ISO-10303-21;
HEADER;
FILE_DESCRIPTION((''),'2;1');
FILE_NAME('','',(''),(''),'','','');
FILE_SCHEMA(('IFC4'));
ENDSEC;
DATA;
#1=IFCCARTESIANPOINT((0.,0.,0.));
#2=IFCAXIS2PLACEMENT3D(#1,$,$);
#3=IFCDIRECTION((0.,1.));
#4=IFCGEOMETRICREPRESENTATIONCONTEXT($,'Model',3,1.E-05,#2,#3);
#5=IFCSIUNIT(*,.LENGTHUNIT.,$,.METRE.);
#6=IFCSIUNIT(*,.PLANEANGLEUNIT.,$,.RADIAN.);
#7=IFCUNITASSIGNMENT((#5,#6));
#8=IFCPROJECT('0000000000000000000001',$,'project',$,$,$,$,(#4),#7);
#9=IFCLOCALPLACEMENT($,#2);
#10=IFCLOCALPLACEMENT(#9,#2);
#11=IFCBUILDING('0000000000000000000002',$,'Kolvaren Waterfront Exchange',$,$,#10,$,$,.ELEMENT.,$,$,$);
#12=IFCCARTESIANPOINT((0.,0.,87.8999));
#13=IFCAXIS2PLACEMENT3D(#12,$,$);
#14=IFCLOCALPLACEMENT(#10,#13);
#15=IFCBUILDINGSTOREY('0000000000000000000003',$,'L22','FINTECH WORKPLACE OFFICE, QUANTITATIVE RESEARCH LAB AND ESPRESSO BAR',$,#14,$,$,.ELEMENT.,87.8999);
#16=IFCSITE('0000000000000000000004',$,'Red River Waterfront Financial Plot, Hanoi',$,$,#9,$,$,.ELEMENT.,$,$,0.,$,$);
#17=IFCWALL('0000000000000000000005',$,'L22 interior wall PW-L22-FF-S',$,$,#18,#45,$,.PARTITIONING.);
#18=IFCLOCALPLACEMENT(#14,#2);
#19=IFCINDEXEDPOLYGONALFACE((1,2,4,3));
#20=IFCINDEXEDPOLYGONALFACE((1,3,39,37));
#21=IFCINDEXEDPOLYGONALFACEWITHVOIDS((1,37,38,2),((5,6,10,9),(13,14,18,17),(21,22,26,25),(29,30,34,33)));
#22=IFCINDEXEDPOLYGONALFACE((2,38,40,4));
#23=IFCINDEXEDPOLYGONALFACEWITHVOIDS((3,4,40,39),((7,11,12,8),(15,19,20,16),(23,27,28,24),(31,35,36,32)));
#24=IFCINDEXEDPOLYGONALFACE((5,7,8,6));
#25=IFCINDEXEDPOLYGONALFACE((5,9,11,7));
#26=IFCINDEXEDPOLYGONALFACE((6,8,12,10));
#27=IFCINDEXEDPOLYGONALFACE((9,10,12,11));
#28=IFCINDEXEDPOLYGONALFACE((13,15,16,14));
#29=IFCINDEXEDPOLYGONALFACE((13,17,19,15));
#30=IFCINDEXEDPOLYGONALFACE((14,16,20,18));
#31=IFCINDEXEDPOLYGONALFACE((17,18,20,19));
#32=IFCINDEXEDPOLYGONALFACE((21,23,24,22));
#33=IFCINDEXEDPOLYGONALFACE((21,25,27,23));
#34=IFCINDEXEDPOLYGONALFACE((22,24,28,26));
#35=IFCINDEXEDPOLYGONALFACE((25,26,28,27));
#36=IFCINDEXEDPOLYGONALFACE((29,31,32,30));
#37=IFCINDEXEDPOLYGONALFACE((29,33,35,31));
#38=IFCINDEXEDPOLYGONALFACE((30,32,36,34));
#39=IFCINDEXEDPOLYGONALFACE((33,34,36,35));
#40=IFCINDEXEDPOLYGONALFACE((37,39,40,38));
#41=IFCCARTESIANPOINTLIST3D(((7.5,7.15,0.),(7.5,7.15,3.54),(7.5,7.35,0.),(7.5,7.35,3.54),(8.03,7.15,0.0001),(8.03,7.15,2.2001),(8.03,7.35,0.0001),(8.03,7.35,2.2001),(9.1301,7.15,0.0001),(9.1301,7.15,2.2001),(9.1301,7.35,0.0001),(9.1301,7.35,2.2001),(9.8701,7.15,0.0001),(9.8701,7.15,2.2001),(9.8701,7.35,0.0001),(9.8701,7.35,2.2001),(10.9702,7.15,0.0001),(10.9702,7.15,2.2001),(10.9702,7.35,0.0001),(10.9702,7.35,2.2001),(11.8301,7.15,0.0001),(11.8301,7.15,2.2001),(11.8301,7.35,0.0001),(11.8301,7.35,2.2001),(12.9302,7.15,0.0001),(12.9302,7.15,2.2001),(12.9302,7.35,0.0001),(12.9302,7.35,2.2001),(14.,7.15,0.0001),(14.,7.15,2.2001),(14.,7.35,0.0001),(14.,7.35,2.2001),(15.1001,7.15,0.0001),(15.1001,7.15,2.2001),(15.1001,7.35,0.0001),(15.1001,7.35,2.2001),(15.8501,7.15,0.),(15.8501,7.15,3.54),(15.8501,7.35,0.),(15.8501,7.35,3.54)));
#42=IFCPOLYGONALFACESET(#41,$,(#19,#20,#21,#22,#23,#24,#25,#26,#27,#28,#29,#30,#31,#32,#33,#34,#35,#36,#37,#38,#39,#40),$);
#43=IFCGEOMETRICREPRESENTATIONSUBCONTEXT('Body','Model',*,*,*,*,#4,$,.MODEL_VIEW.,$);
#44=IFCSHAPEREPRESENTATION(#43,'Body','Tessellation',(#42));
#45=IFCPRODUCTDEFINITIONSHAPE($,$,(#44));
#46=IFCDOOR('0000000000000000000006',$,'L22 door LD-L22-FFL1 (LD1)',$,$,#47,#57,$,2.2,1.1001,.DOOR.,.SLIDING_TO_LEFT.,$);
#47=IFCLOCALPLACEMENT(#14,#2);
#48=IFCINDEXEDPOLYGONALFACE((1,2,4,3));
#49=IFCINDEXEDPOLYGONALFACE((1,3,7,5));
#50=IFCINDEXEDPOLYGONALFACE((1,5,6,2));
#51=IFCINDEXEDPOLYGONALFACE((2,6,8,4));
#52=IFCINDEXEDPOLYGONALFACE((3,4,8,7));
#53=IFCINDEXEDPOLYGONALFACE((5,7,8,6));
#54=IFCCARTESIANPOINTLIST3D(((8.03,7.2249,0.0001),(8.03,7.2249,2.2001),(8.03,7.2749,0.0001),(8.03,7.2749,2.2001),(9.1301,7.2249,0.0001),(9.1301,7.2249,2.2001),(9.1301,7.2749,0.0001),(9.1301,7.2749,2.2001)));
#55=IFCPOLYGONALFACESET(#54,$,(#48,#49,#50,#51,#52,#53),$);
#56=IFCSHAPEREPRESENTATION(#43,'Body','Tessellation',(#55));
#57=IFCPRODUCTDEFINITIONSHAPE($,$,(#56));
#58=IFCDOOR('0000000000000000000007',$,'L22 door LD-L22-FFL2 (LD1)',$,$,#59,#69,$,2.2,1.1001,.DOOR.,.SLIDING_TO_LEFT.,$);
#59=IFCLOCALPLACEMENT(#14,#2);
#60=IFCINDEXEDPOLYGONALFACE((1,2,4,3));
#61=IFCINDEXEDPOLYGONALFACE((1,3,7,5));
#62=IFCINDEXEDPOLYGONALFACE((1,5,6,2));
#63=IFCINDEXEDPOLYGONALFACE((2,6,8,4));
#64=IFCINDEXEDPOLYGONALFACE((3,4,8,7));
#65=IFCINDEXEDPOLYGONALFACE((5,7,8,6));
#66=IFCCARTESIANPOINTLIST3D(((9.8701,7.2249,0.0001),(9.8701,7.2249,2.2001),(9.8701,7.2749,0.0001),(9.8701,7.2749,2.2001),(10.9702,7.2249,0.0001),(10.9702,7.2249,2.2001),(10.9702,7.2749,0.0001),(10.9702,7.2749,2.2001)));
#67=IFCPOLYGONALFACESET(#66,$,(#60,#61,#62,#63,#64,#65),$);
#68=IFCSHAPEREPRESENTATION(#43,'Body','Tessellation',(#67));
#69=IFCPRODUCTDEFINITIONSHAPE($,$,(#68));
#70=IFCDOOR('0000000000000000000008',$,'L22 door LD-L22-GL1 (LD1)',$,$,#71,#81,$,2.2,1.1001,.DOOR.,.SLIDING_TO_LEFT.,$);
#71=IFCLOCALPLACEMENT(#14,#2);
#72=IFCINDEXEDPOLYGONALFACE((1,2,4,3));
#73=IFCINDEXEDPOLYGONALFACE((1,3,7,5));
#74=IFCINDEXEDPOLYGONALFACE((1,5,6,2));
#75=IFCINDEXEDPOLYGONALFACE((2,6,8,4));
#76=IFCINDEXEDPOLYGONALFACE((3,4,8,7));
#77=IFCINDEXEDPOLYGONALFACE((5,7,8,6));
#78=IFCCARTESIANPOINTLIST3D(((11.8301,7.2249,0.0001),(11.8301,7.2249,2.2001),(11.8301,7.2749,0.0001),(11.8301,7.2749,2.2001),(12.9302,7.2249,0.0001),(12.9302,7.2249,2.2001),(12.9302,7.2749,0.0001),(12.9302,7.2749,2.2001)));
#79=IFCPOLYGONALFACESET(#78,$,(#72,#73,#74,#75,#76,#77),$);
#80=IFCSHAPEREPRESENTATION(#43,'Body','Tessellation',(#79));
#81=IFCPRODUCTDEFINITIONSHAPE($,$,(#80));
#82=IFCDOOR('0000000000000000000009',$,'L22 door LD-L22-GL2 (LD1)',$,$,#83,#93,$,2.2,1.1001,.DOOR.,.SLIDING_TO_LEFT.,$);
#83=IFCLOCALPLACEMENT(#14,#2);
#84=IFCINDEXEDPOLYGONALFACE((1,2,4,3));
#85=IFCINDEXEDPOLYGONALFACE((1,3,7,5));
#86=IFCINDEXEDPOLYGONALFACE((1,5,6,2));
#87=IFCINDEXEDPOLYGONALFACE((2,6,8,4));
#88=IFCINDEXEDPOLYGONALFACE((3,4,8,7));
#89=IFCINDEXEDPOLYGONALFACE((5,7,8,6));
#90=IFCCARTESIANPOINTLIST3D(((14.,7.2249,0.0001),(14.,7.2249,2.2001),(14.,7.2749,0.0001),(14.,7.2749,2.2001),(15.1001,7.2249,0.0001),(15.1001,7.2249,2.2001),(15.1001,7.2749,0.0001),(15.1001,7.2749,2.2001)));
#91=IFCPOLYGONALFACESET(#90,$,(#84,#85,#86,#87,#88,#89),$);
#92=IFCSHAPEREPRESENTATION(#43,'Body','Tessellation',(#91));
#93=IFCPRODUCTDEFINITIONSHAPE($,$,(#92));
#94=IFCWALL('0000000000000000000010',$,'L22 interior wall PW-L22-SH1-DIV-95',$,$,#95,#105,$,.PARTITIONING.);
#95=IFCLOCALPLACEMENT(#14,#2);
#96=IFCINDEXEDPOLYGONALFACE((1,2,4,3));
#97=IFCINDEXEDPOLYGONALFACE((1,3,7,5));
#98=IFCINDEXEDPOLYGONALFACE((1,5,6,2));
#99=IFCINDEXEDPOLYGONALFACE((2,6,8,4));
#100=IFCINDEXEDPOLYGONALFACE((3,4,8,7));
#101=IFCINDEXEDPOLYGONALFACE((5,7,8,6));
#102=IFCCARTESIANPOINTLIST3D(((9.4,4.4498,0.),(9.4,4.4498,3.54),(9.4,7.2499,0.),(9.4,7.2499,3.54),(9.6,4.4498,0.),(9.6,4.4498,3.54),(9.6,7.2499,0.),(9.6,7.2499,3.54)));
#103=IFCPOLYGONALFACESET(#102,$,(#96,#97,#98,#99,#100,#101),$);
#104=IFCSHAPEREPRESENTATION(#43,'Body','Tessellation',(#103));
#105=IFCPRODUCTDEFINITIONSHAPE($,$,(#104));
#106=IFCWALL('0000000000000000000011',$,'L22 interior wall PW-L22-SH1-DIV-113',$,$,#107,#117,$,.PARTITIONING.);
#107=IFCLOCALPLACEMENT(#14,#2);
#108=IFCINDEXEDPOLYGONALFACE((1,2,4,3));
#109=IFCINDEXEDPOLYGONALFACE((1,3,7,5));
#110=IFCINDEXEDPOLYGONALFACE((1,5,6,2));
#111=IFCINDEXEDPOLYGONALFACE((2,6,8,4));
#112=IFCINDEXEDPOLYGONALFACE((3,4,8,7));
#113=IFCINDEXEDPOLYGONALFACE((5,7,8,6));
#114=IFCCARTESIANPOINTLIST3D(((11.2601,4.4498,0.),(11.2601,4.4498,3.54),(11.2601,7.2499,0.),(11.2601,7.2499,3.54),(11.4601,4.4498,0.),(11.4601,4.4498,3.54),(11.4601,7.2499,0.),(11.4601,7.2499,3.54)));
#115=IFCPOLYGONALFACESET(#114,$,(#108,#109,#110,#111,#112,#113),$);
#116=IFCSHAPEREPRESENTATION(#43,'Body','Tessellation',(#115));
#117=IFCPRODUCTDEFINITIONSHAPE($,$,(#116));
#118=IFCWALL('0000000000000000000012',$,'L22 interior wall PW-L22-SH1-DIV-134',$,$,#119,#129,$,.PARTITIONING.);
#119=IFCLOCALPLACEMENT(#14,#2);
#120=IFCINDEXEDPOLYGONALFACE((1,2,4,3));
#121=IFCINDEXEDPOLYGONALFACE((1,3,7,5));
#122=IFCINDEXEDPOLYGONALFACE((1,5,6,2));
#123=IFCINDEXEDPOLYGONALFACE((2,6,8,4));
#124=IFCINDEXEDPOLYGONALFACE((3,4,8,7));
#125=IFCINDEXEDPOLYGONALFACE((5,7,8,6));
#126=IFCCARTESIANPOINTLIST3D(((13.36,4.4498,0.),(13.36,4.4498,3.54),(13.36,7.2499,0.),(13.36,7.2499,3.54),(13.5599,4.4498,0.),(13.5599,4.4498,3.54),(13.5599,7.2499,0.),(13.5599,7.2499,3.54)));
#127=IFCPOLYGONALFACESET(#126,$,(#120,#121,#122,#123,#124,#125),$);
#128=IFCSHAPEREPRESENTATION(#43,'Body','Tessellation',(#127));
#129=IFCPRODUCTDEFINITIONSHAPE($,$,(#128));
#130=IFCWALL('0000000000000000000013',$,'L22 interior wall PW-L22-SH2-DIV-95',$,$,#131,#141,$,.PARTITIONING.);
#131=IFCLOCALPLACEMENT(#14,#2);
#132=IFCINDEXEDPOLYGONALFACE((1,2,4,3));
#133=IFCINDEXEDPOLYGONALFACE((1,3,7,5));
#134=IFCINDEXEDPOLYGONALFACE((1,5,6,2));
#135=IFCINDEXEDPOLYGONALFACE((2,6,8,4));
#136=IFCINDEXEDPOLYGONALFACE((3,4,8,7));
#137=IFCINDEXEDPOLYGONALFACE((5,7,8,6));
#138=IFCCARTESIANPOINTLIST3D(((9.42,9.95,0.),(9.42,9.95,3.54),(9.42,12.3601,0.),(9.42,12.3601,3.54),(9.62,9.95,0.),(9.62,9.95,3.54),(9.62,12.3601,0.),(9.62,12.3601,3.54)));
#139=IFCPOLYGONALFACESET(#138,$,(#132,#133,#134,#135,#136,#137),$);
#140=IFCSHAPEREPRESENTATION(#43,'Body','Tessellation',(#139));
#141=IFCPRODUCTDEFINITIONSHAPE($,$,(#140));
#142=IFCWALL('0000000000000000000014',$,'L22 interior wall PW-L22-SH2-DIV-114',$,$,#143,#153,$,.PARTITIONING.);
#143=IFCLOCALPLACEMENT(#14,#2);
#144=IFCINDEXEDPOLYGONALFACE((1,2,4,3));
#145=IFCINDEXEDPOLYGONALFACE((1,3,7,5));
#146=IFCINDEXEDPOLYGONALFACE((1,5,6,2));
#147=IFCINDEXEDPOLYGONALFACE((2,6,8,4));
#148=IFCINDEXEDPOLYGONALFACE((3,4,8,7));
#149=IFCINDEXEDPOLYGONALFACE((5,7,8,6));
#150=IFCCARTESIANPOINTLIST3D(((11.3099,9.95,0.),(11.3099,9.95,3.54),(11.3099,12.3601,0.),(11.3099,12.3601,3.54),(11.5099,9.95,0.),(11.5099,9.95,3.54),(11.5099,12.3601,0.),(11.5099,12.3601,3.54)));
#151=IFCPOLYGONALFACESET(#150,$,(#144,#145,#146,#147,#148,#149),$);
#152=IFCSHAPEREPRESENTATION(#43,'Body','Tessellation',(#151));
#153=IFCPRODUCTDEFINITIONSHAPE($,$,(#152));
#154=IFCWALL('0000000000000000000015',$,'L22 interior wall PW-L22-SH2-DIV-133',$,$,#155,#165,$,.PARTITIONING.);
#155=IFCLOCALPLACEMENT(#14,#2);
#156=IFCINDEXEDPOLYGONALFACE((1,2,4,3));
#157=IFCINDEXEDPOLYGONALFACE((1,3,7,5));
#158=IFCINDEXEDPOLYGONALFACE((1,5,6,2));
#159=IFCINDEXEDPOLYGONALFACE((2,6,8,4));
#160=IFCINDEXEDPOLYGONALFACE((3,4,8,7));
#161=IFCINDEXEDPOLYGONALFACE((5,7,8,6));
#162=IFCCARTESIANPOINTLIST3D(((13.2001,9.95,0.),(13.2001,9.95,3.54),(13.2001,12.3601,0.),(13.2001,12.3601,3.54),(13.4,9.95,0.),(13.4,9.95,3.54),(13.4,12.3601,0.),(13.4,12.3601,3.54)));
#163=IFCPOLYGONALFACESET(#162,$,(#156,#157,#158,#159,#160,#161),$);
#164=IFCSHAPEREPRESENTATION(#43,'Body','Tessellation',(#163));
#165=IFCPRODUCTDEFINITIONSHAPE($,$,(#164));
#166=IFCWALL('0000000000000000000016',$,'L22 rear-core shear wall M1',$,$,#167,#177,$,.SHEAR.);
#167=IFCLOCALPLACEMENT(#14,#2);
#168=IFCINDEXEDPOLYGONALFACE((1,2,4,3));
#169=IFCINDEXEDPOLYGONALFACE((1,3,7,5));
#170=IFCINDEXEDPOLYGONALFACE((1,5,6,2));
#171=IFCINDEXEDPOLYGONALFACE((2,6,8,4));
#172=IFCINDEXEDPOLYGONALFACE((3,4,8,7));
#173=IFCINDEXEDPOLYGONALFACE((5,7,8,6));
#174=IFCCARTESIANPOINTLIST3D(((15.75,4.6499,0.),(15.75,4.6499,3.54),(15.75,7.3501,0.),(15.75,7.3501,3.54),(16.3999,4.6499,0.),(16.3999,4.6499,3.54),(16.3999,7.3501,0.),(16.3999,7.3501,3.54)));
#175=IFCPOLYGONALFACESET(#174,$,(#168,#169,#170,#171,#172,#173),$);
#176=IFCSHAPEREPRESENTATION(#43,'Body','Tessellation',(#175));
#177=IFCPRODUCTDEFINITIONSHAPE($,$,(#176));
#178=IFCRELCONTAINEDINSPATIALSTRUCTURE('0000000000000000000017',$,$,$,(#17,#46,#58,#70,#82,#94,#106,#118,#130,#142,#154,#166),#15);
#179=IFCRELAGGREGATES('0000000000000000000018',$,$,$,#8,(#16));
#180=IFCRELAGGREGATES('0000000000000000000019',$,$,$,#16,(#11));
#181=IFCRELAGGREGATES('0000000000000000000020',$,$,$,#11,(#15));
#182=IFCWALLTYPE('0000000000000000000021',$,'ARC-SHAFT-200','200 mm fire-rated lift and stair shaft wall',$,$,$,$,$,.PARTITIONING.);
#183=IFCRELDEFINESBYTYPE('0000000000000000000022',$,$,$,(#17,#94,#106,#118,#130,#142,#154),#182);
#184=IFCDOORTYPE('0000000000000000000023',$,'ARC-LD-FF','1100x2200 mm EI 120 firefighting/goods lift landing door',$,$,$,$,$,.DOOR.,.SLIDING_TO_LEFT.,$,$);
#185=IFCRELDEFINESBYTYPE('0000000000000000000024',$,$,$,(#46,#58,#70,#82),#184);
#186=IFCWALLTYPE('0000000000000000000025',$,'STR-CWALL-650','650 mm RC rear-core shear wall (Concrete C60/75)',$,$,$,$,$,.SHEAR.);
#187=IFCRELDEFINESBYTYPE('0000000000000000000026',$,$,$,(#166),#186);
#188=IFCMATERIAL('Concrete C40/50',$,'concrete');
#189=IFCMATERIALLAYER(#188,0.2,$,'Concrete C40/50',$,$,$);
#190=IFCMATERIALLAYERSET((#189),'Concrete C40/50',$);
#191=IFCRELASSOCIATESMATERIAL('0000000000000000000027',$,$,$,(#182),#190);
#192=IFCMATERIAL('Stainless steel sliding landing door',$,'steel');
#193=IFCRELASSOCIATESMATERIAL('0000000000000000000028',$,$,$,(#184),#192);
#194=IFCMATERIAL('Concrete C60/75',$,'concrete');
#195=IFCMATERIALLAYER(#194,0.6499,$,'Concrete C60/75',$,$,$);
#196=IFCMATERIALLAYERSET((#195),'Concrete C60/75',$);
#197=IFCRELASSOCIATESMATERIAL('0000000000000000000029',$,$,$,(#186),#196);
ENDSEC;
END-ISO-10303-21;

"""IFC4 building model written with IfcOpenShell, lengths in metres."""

from ifc_helpers import new_model, si_unit, direction, frame, frame_2d, origin, place, context, subcontext, project, spatial, rectangle, extrude, material, layer, layer_set, type_object, element, fill, save


model = new_model("IFC4")

# Units and contexts
model_context = context("Model", 3, precision=1e-05, world=origin(), true_north=direction((0.0, 1.0)))
body_context = subcontext(model_context, "Body", "Model", "MODEL_VIEW")
ifc_project = project(units=[si_unit("LENGTHUNIT", "METRE"), si_unit("PLANEANGLEUNIT", "RADIAN")], contexts=[model_context])

# Site, building, storey
site_placement = place(None, origin())
site = spatial("IfcSite", under=ifc_project, at=site_placement, Name="Red River Waterfront Financial Plot, Hanoi", CompositionType="ELEMENT", RefElevation=0.0)
building_placement = place(site_placement, origin())
building = spatial("IfcBuilding", under=site, at=building_placement, Name="Kolvaren Waterfront Exchange", CompositionType="ELEMENT")
storey_placement = place(building_placement, frame((0.0, 0.0, 87.8999)))
storey = spatial("IfcBuildingStorey", under=building, at=storey_placement, Name="L22", Description="FINTECH WORKPLACE OFFICE, QUANTITATIVE RESEARCH LAB AND ESPRESSO BAR", CompositionType="ELEMENT", Elevation=87.8999)

# Shared definitions
ifc_material_1 = material(Name="Concrete C60/75", Category="concrete")

# Shared definitions
ifc_material_2 = material(Name="Concrete C40/50", Category="concrete")
ifc_layer_1 = layer(ifc_material_2, 0.2, Name="Concrete C40/50")
ifc_layer_set_1 = layer_set([ifc_layer_1], Name="Concrete C40/50")
wall_type_1 = type_object("IfcWallType", Name="ARC-SHAFT-200", Description="200 mm fire-rated lift and stair shaft wall", PredefinedType="PARTITIONING", material=ifc_layer_set_1)

# Wall, openings, doors
wall_1_placement = place(storey_placement, frame((7.5, 7.25, 0.0), z_axis=(0.0, 0.0, 1.0), x_axis=(1.0, 0.0, 0.0)))
wall_1 = element("IfcWall", 1, at=wall_1_placement, inside=storey, type_object=wall_type_1, Name="L22 interior wall PW-L22-FF-S", PredefinedType="PARTITIONING", context=body_context, shape_type="SweptSolid", body=[
    extrude(rectangle(XDim=8.3501, YDim=0.2, at=frame_2d((4.175, 0.0))), origin(), (0.0, 0.0, 1.0), 3.54),
])
opening_1_placement = place(wall_1_placement, frame((0.53, 0.0, 0.0)))
opening_1 = element("IfcOpeningElement", 2, at=opening_1_placement, cuts=wall_1, PredefinedType="OPENING", context=body_context, shape_type="SweptSolid", body=[
    extrude(rectangle(XDim=1.1001, YDim=2.2, at=frame_2d((0.55, 1.1001))), frame((0.0, 0.1099, 0.0), z_axis=(0.0, -1.0, 0.0), x_axis=(1.0, 0.0, 0.0)), (0.0, 0.0, 1.0), 0.22),
])
opening_2_placement = place(wall_1_placement, frame((2.3701, 0.0, 0.0)))
opening_2 = element("IfcOpeningElement", 3, at=opening_2_placement, cuts=wall_1, PredefinedType="OPENING", context=body_context, shape_type="SweptSolid", body=[
    extrude(rectangle(XDim=1.1001, YDim=2.2, at=frame_2d((0.55, 1.1001))), frame((0.0, 0.1099, 0.0), z_axis=(0.0, -1.0, 0.0), x_axis=(1.0, 0.0, 0.0)), (0.0, 0.0, 1.0), 0.22),
])
opening_3_placement = place(wall_1_placement, frame((4.3301, 0.0, 0.0)))
opening_3 = element("IfcOpeningElement", 4, at=opening_3_placement, cuts=wall_1, PredefinedType="OPENING", context=body_context, shape_type="SweptSolid", body=[
    extrude(rectangle(XDim=1.1001, YDim=2.2, at=frame_2d((0.55, 1.1001))), frame((0.0, 0.1099, 0.0), z_axis=(0.0, -1.0, 0.0), x_axis=(1.0, 0.0, 0.0)), (0.0, 0.0, 1.0), 0.22),
])
opening_4_placement = place(wall_1_placement, frame((6.5, 0.0, 0.0)))
opening_4 = element("IfcOpeningElement", 5, at=opening_4_placement, cuts=wall_1, PredefinedType="OPENING", context=body_context, shape_type="SweptSolid", body=[
    extrude(rectangle(XDim=1.1001, YDim=2.2, at=frame_2d((0.55, 1.1001))), frame((0.0, 0.1099, 0.0), z_axis=(0.0, -1.0, 0.0), x_axis=(1.0, 0.0, 0.0)), (0.0, 0.0, 1.0), 0.22),
])
ifc_material_3 = material(Name="Stainless steel sliding landing door", Category="steel")
door_type = type_object("IfcDoorType", Name="ARC-LD-FF", Description="1100x2200 mm EI 120 firefighting/goods lift landing door", OperationType="SLIDING_TO_LEFT", PredefinedType="DOOR", material=ifc_material_3)
door_1_placement = place(opening_1_placement, origin())
door_1 = element("IfcDoor", 6, at=door_1_placement, inside=storey, type_object=door_type, Name="L22 door LD-L22-FFL1 (LD1)", OperationType="SLIDING_TO_LEFT", OverallHeight=2.2, OverallWidth=1.1001, PredefinedType="DOOR", context=body_context, shape_type="SweptSolid", body=[
    extrude(rectangle(XDim=1.1001, YDim=2.2, at=frame_2d((0.55, 1.1001))), frame((0.0, 0.0249, 0.0), z_axis=(0.0, -1.0, 0.0), x_axis=(1.0, 0.0, 0.0)), (0.0, 0.0, 1.0), 0.05),
])
fill(opening_1, door_1)
door_2_placement = place(opening_2_placement, origin())
door_2 = element("IfcDoor", 7, at=door_2_placement, inside=storey, type_object=door_type, Name="L22 door LD-L22-FFL2 (LD1)", OperationType="SLIDING_TO_LEFT", OverallHeight=2.2, OverallWidth=1.1001, PredefinedType="DOOR", context=body_context, shape_type="SweptSolid", body=[
    extrude(rectangle(XDim=1.1001, YDim=2.2, at=frame_2d((0.55, 1.1001))), frame((0.0, 0.0249, 0.0), z_axis=(0.0, -1.0, 0.0), x_axis=(1.0, 0.0, 0.0)), (0.0, 0.0, 1.0), 0.05),
])
fill(opening_2, door_2)
door_3_placement = place(opening_3_placement, origin())
door_3 = element("IfcDoor", 8, at=door_3_placement, inside=storey, type_object=door_type, Name="L22 door LD-L22-GL1 (LD1)", OperationType="SLIDING_TO_LEFT", OverallHeight=2.2, OverallWidth=1.1001, PredefinedType="DOOR", context=body_context, shape_type="SweptSolid", body=[
    extrude(rectangle(XDim=1.1001, YDim=2.2, at=frame_2d((0.55, 1.1001))), frame((0.0, 0.0249, 0.0), z_axis=(0.0, -1.0, 0.0), x_axis=(1.0, 0.0, 0.0)), (0.0, 0.0, 1.0), 0.05),
])
fill(opening_3, door_3)
door_4_placement = place(opening_4_placement, origin())
door_4 = element("IfcDoor", 9, at=door_4_placement, inside=storey, type_object=door_type, Name="L22 door LD-L22-GL2 (LD1)", OperationType="SLIDING_TO_LEFT", OverallHeight=2.2, OverallWidth=1.1001, PredefinedType="DOOR", context=body_context, shape_type="SweptSolid", body=[
    extrude(rectangle(XDim=1.1001, YDim=2.2, at=frame_2d((0.55, 1.1001))), frame((0.0, 0.0249, 0.0), z_axis=(0.0, -1.0, 0.0), x_axis=(1.0, 0.0, 0.0)), (0.0, 0.0, 1.0), 0.05),
])
fill(opening_4, door_4)

# Walls
for number, where, z_axis, x_axis, name in (
    (10, (9.5, 4.45, 0.0), (0.0, 0.0, 1.0), (0.0, 1.0, 0.0), "L22 interior wall PW-L22-SH1-DIV-95"),
    (11, (11.3601, 4.45, 0.0), (0.0, 0.0, 1.0), (0.0, 1.0, 0.0), "L22 interior wall PW-L22-SH1-DIV-113"),
    (12, (13.46, 4.45, 0.0), (0.0, 0.0, 1.0), (0.0, 1.0, 0.0), "L22 interior wall PW-L22-SH1-DIV-134"),
):
    element("IfcWall", number, at=place(storey_placement, frame(where, z_axis=z_axis, x_axis=x_axis)), inside=storey, type_object=wall_type_1, Name=name, PredefinedType="PARTITIONING", context=body_context, shape_type="SweptSolid", body=[
        extrude(rectangle(XDim=2.8, YDim=0.2, at=frame_2d((1.3999, 0.0))), origin(), (0.0, 0.0, 1.0), 3.54),
    ])
for number, where, z_axis, x_axis, name in (
    (13, (9.52, 9.95, 0.0), (0.0, 0.0, 1.0), (0.0, 1.0, 0.0), "L22 interior wall PW-L22-SH2-DIV-95"),
    (14, (11.4099, 9.95, 0.0), (0.0, 0.0, 1.0), (0.0, 1.0, 0.0), "L22 interior wall PW-L22-SH2-DIV-114"),
    (15, (13.3, 9.95, 0.0), (0.0, 0.0, 1.0), (0.0, 1.0, 0.0), "L22 interior wall PW-L22-SH2-DIV-133"),
):
    element("IfcWall", number, at=place(storey_placement, frame(where, z_axis=z_axis, x_axis=x_axis)), inside=storey, type_object=wall_type_1, Name=name, PredefinedType="PARTITIONING", context=body_context, shape_type="SweptSolid", body=[
        extrude(rectangle(XDim=2.4102, YDim=0.2, at=frame_2d((1.2051, 0.0))), origin(), (0.0, 0.0, 1.0), 3.54),
    ])
ifc_layer_2 = layer(ifc_material_1, 0.6499, Name="Concrete C60/75")
ifc_layer_set_2 = layer_set([ifc_layer_2], Name="Concrete C60/75")
wall_type_2 = type_object("IfcWallType", Name="STR-CWALL-650", Description="650 mm RC rear-core shear wall (Concrete C60/75)", PredefinedType="SHEAR", material=ifc_layer_set_2)
wall_2_placement = place(storey_placement, frame((16.075, 4.6499, 0.0), z_axis=(0.0, 0.0, 1.0), x_axis=(0.0, 1.0, 0.0)))
element("IfcWall", 16, at=wall_2_placement, inside=storey, type_object=wall_type_2, Name="L22 rear-core shear wall M1", PredefinedType="SHEAR", context=body_context, shape_type="SweptSolid", body=[
    extrude(rectangle(XDim=2.7002, YDim=0.6499, at=frame_2d((1.3501, 0.0))), origin(), (0.0, 0.0, 1.0), 3.54),
])

save(model, "model.ifc")
